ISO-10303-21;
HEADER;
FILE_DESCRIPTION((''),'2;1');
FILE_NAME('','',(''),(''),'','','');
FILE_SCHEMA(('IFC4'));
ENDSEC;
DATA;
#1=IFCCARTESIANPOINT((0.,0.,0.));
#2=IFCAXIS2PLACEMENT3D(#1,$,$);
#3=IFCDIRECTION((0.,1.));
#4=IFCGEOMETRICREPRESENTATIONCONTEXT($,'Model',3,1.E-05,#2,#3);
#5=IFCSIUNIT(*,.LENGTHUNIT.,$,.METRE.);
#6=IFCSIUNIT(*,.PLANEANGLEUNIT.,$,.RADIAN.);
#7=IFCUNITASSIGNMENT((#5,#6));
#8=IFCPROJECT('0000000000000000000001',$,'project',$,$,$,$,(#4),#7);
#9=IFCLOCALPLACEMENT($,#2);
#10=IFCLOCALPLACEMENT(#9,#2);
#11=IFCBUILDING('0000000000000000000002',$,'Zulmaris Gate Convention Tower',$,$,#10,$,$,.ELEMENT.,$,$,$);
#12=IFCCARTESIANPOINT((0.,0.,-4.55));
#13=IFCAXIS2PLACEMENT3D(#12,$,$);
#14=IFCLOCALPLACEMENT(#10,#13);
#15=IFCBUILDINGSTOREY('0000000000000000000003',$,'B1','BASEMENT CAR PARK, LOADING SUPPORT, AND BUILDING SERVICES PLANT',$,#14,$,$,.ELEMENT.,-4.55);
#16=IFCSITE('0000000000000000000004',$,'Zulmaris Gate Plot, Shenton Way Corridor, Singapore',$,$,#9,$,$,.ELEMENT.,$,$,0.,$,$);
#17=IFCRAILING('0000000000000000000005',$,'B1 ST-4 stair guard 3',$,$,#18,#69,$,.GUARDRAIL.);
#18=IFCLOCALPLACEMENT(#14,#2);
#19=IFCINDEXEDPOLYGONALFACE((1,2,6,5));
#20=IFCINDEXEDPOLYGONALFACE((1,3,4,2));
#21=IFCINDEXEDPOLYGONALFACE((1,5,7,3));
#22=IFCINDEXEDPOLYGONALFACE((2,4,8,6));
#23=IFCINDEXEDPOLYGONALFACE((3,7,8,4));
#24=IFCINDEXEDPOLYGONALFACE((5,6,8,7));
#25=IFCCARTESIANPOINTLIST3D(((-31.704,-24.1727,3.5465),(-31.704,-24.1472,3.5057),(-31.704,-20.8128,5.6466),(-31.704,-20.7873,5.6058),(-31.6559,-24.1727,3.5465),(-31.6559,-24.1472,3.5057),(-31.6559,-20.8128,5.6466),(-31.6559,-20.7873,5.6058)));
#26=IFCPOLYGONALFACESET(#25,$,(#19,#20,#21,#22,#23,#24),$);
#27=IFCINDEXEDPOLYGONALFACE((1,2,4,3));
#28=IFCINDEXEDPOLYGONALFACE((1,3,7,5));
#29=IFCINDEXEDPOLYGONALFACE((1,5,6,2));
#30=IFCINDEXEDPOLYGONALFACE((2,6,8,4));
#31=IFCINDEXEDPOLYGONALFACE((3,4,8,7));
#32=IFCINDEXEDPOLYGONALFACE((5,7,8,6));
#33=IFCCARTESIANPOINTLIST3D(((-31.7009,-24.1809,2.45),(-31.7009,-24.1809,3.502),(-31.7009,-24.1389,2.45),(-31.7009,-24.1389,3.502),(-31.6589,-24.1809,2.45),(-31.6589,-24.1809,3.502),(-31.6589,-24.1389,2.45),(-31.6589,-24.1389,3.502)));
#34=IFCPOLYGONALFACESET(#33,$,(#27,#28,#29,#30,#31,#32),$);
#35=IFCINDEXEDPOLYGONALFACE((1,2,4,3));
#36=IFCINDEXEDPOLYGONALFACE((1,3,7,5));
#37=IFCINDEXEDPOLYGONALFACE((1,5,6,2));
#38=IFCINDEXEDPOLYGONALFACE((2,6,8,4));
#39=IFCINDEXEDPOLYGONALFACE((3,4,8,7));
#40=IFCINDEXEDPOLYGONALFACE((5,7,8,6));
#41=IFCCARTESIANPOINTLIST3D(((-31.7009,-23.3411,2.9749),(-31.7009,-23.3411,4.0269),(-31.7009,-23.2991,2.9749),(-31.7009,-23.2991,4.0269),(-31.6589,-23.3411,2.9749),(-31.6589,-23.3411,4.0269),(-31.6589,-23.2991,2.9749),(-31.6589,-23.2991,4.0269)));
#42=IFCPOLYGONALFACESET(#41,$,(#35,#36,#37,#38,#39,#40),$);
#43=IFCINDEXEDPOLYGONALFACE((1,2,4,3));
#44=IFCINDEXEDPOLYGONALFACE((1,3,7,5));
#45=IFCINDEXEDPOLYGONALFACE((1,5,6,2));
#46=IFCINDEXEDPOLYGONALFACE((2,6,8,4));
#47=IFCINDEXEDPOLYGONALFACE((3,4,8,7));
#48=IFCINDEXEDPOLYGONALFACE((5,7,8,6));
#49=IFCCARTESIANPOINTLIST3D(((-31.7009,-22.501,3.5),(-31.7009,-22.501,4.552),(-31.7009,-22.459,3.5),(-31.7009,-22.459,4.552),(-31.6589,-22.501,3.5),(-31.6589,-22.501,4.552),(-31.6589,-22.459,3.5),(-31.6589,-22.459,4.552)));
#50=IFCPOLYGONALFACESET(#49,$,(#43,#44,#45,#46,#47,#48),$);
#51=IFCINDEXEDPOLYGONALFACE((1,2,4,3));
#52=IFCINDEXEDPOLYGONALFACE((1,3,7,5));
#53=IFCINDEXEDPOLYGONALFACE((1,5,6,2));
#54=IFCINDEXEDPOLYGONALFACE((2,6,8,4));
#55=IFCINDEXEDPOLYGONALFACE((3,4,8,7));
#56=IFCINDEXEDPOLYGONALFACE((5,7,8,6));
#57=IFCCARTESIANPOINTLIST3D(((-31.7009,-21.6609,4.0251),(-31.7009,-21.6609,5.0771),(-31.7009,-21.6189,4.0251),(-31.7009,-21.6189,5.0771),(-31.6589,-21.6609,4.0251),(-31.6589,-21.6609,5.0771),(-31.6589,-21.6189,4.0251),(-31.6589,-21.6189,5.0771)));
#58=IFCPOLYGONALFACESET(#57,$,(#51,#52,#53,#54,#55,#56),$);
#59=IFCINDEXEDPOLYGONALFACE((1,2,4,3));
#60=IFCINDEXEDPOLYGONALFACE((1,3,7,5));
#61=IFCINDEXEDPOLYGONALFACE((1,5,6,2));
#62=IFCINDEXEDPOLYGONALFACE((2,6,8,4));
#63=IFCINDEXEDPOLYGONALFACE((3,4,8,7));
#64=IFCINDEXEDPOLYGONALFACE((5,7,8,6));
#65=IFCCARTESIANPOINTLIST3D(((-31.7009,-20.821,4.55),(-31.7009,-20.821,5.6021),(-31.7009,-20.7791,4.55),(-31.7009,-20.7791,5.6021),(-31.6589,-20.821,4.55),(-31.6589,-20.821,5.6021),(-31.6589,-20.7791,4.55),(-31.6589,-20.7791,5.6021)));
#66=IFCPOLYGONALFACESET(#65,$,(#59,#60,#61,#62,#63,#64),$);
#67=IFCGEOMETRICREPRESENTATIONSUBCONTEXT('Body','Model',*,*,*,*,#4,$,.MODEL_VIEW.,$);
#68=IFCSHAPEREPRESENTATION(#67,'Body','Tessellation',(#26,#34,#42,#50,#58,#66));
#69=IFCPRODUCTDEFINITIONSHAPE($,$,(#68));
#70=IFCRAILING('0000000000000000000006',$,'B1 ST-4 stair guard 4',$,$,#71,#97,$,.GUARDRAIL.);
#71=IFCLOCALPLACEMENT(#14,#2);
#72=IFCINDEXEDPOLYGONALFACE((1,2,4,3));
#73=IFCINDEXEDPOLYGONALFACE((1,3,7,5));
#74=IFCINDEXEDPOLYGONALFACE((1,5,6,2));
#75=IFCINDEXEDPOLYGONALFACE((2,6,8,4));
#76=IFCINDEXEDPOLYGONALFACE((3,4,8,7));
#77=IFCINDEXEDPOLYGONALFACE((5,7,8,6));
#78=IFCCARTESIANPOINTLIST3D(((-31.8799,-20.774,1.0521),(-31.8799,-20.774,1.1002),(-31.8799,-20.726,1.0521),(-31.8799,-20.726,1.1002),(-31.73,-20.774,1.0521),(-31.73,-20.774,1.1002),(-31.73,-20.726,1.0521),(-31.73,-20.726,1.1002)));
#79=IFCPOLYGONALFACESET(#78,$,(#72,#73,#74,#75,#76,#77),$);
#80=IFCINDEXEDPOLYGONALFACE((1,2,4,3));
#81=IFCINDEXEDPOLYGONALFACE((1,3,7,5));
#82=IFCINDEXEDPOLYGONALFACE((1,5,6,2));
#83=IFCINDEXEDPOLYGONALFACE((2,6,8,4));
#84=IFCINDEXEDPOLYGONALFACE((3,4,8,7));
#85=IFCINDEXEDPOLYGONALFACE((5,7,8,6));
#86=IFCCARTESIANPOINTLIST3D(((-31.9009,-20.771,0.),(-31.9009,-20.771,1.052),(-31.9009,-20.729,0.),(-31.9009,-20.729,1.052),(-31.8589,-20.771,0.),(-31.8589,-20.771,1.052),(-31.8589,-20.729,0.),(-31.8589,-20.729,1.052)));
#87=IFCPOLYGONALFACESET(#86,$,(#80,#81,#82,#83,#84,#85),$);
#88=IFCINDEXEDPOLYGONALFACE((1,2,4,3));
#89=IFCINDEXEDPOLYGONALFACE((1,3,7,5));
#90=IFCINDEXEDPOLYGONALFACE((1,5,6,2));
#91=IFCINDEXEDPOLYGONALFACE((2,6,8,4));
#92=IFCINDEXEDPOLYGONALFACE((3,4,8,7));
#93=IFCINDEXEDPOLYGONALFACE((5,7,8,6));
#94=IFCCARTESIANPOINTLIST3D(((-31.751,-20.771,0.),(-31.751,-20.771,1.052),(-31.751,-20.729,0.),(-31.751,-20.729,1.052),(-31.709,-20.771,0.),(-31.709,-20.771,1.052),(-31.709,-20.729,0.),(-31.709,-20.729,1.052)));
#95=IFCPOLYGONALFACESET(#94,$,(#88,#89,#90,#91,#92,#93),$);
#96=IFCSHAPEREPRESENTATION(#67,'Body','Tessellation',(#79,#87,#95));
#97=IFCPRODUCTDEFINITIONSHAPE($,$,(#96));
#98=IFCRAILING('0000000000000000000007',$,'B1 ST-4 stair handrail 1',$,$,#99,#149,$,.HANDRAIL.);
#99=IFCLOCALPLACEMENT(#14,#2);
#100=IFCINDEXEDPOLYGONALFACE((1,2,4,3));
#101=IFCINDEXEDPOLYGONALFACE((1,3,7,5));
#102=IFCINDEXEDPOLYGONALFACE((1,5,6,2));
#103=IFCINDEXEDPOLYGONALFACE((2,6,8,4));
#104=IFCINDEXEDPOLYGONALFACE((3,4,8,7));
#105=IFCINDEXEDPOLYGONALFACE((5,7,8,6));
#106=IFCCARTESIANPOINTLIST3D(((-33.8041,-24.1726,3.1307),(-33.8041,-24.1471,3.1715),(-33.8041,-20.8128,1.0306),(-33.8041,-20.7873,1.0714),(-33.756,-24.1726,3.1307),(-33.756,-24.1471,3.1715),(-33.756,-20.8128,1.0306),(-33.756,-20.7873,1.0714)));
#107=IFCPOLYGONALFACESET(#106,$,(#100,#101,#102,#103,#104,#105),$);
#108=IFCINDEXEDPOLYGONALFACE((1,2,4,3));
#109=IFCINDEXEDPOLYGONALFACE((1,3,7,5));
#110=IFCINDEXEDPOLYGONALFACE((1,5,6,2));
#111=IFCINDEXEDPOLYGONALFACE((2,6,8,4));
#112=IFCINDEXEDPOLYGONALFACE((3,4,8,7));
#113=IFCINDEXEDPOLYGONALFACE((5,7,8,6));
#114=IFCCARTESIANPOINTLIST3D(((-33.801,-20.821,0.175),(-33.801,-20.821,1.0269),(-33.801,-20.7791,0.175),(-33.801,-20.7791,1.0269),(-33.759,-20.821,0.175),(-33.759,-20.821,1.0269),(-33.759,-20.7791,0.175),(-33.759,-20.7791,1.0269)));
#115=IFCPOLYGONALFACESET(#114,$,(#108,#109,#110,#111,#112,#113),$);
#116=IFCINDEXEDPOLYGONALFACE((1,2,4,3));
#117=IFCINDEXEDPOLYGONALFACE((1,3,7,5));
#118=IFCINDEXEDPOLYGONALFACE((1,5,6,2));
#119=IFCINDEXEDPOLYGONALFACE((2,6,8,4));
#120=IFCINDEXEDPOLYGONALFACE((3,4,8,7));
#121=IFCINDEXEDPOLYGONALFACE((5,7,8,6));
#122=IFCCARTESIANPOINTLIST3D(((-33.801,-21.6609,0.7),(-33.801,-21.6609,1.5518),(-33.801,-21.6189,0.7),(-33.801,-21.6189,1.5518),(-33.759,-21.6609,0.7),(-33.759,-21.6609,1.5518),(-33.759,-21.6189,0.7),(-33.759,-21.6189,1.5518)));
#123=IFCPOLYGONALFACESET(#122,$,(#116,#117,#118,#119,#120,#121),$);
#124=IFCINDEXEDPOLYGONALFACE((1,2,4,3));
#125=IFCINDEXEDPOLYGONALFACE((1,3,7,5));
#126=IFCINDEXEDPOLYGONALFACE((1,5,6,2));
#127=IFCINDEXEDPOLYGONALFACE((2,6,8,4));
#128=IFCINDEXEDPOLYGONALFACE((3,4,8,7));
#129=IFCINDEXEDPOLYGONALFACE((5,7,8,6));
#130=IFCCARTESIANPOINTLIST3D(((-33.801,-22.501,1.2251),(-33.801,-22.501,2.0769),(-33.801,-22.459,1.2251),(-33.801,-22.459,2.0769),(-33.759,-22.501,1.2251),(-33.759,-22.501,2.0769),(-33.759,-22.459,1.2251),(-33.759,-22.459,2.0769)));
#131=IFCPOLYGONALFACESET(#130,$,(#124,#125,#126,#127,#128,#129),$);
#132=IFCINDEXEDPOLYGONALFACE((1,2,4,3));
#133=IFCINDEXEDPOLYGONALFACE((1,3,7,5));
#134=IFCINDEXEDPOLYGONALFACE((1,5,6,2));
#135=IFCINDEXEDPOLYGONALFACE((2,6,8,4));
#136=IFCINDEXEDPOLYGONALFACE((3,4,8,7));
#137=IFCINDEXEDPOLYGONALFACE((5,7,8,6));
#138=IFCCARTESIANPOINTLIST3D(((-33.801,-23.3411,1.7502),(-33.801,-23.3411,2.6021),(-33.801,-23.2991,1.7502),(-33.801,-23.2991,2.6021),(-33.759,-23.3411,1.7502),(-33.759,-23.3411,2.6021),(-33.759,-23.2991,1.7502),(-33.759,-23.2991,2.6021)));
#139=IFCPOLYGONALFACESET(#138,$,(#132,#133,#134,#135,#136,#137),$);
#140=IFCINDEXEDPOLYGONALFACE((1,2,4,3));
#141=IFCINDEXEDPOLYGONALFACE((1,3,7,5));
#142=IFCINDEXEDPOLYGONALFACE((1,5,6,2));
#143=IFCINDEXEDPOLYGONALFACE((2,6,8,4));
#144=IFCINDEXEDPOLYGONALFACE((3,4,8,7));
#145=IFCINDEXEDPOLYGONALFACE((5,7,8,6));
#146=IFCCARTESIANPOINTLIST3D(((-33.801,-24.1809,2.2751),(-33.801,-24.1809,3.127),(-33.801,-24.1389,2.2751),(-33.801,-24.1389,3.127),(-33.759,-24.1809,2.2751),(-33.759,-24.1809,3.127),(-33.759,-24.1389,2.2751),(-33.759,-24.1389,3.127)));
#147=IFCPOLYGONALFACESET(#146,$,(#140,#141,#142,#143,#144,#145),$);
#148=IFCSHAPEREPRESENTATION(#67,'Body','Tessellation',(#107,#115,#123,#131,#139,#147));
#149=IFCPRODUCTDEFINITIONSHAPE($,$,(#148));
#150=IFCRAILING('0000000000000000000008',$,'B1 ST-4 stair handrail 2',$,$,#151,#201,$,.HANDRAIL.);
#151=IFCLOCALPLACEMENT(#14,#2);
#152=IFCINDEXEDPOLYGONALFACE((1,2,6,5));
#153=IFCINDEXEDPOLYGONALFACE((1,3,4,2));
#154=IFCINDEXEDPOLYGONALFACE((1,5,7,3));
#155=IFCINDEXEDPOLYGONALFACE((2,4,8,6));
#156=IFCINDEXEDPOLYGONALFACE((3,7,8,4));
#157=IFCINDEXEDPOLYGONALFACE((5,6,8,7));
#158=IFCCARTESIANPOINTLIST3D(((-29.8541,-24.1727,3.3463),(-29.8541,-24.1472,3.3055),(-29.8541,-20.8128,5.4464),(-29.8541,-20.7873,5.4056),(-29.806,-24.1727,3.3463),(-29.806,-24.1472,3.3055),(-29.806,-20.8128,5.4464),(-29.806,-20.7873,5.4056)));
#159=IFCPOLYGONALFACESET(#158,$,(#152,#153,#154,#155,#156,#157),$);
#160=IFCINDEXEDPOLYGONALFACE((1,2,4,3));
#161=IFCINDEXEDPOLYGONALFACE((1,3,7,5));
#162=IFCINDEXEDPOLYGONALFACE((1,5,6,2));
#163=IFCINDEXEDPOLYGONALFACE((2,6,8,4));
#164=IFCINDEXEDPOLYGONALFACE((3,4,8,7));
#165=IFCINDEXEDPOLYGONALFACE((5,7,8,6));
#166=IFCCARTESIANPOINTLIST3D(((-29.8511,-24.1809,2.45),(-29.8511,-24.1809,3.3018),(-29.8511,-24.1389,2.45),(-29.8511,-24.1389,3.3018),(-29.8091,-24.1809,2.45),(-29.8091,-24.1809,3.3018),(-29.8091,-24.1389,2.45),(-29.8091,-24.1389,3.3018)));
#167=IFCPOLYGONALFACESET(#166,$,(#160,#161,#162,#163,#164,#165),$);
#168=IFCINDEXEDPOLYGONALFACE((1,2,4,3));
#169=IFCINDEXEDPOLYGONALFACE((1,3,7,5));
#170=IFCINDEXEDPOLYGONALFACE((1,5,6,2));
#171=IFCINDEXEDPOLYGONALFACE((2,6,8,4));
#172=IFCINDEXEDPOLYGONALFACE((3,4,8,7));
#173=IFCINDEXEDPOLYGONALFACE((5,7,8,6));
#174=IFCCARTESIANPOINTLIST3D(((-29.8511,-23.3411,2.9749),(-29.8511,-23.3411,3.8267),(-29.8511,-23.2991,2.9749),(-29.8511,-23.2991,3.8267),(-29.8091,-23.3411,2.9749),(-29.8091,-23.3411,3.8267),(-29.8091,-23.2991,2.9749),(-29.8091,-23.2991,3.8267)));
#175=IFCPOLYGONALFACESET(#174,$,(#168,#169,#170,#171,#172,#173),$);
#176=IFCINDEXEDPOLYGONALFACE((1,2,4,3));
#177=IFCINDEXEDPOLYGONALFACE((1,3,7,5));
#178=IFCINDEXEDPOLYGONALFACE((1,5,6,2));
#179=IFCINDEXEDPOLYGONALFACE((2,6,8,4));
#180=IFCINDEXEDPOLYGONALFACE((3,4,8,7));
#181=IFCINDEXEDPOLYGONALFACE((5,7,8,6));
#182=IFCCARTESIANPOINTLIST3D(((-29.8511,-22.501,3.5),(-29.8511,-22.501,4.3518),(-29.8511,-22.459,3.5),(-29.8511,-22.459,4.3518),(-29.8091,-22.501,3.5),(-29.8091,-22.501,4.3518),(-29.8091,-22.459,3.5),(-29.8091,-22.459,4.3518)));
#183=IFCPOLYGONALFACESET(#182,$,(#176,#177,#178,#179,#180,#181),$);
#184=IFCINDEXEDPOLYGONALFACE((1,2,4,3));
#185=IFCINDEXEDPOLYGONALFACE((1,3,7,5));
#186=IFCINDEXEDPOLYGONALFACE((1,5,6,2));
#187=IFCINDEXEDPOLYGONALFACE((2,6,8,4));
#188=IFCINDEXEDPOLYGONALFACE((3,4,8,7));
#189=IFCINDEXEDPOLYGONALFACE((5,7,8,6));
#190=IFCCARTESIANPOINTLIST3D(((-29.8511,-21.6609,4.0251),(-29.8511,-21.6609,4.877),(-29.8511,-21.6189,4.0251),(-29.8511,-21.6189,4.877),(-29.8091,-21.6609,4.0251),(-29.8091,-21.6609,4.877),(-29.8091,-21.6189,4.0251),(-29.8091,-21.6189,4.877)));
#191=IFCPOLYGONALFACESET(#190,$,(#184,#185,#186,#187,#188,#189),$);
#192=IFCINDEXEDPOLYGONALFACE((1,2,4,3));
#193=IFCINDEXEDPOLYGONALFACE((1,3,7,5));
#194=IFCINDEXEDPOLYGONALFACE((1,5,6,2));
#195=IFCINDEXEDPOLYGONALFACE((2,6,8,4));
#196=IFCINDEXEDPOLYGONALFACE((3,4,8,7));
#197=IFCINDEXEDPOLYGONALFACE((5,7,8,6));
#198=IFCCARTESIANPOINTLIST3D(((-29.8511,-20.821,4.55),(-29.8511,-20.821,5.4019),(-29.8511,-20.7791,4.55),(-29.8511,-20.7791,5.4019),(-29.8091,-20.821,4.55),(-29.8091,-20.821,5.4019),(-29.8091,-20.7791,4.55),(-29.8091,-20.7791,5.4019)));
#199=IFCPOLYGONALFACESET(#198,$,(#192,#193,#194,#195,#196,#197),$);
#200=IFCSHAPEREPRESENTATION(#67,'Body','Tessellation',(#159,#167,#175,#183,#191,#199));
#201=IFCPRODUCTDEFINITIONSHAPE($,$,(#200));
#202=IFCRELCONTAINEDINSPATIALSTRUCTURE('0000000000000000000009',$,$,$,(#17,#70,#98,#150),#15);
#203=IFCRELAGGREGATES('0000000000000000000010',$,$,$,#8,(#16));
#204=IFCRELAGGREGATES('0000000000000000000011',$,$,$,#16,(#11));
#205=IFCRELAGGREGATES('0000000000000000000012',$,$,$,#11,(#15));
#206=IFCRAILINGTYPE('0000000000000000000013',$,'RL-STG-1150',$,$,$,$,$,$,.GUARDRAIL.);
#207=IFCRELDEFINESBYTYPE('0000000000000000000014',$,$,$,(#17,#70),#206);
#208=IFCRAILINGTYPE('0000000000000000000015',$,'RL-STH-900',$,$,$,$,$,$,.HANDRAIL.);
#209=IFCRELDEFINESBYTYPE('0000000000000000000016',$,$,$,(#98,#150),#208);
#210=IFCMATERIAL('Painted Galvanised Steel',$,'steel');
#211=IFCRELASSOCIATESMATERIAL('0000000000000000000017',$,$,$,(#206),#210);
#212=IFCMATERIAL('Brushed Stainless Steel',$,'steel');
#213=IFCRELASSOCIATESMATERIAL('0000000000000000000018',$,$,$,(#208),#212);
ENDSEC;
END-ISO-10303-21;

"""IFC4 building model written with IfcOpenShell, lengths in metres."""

from ifc_helpers import new_model, si_unit, direction, frame, origin, origin_2d, place, context, subcontext, project, spatial, rectangle, extrude, material, type_object, element, save


model = new_model("IFC4")

# Units and contexts
model_context = context("Model", 3, precision=1e-05, world=origin(), true_north=direction((0.0, 1.0)))
body_context = subcontext(model_context, "Body", "Model", "MODEL_VIEW")
ifc_project = project(units=[si_unit("LENGTHUNIT", "METRE"), si_unit("PLANEANGLEUNIT", "RADIAN")], contexts=[model_context])

# Site, building, storey
site_placement = place(None, origin())
site = spatial("IfcSite", under=ifc_project, at=site_placement, Name="Zulmaris Gate Plot, Shenton Way Corridor, Singapore", CompositionType="ELEMENT", RefElevation=0.0)
building_placement = place(site_placement, origin())
building = spatial("IfcBuilding", under=site, at=building_placement, Name="Zulmaris Gate Convention Tower", CompositionType="ELEMENT")
storey_placement = place(building_placement, frame((0.0, 0.0, -4.55)))
storey = spatial("IfcBuildingStorey", under=building, at=storey_placement, Name="B1", Description="BASEMENT CAR PARK, LOADING SUPPORT, AND BUILDING SERVICES PLANT", CompositionType="ELEMENT", Elevation=-4.55)

# Railings
ifc_material_1 = material(Name="Painted Galvanised Steel", Category="steel")
railing_type_1 = type_object("IfcRailingType", Name="RL-STG-1150", PredefinedType="GUARDRAIL", material=ifc_material_1)
railing_1_placement = place(storey_placement, frame((-31.6799, -24.1599, 2.45)))
element("IfcRailing", 1, at=railing_1_placement, inside=storey, type_object=railing_type_1, Name="B1 ST-4 stair guard 3", PredefinedType="GUARDRAIL", context=body_context, shape_type="SweptSolid", body=[
    extrude(rectangle(XDim=0.0481, YDim=0.0481, at=origin_2d()), frame((0.0, 0.0, 1.0762), z_axis=(0.0, 0.847978, 0.530032), x_axis=(-1.0, 0.0, 0.0)), (0.0, 0.0, 1.0), 3.9622),
    extrude(rectangle(XDim=0.042, YDim=0.042, at=origin_2d()), origin(), (0.0, 0.0, 1.0), 1.052),
    extrude(rectangle(XDim=0.042, YDim=0.042, at=origin_2d()), frame((0.0, 0.8398, 0.5249)), (0.0, 0.0, 1.0), 1.052),
    extrude(rectangle(XDim=0.042, YDim=0.042, at=origin_2d()), frame((0.0, 1.6799, 1.05)), (0.0, 0.0, 1.0), 1.052),
    extrude(rectangle(XDim=0.042, YDim=0.042, at=origin_2d()), frame((0.0, 2.52, 1.5752)), (0.0, 0.0, 1.0), 1.052),
    extrude(rectangle(XDim=0.042, YDim=0.042, at=origin_2d()), frame((0.0, 3.3599, 2.1001)), (0.0, 0.0, 1.0), 1.052),
])
railing_2_placement = place(storey_placement, frame((-31.8799, -20.75, 0.0)))
element("IfcRailing", 2, at=railing_2_placement, inside=storey, type_object=railing_type_1, Name="B1 ST-4 stair guard 4", PredefinedType="GUARDRAIL", context=body_context, shape_type="SweptSolid", body=[
    extrude(rectangle(XDim=0.0481, YDim=0.0481, at=origin_2d()), frame((0.0, 0.0, 1.0762), z_axis=(1.0, 0.0, 0.0), x_axis=(0.0, 1.0, 0.0)), (0.0, 0.0, 1.0), 0.1499),
    extrude(rectangle(XDim=0.042, YDim=0.042, at=origin_2d()), origin(), (0.0, 0.0, 1.0), 1.052),
    extrude(rectangle(XDim=0.042, YDim=0.042, at=origin_2d()), frame((0.1499, 0.0, 0.0)), (0.0, 0.0, 1.0), 1.052),
])
ifc_material_2 = material(Name="Brushed Stainless Steel", Category="steel")
railing_type_2 = type_object("IfcRailingType", Name="RL-STH-900", PredefinedType="HANDRAIL", material=ifc_material_2)
railing_3_placement = place(storey_placement, frame((-33.78, -20.8, 0.175)))
element("IfcRailing", 3, at=railing_3_placement, inside=storey, type_object=railing_type_2, Name="B1 ST-4 stair handrail 1", PredefinedType="HANDRAIL", context=body_context, shape_type="SweptSolid", body=[
    extrude(rectangle(XDim=0.0481, YDim=0.0481, at=origin_2d()), frame((0.0, 0.0, 0.876), z_axis=(0.0, -0.847978, 0.530032), x_axis=(1.0, 0.0, 0.0)), (0.0, 0.0, 1.0), 3.9622),
    extrude(rectangle(XDim=0.042, YDim=0.042, at=origin_2d()), origin(), (0.0, 0.0, 1.0), 0.8518),
    extrude(rectangle(XDim=0.042, YDim=0.042, at=origin_2d()), frame((0.0, -0.8398, 0.5249)), (0.0, 0.0, 1.0), 0.8518),
    extrude(rectangle(XDim=0.042, YDim=0.042, at=origin_2d()), frame((0.0, -1.6799, 1.05)), (0.0, 0.0, 1.0), 0.8518),
    extrude(rectangle(XDim=0.042, YDim=0.042, at=origin_2d()), frame((0.0, -2.52, 1.5752)), (0.0, 0.0, 1.0), 0.8518),
    extrude(rectangle(XDim=0.042, YDim=0.042, at=origin_2d()), frame((0.0, -3.3599, 2.1001)), (0.0, 0.0, 1.0), 0.8518),
])
railing_4_placement = place(storey_placement, frame((-29.8301, -24.1599, 2.45)))
element("IfcRailing", 4, at=railing_4_placement, inside=storey, type_object=railing_type_2, Name="B1 ST-4 stair handrail 2", PredefinedType="HANDRAIL", context=body_context, shape_type="SweptSolid", body=[
    extrude(rectangle(XDim=0.0481, YDim=0.0481, at=origin_2d()), frame((0.0, 0.0, 0.876), z_axis=(0.0, 0.847978, 0.530032), x_axis=(-1.0, 0.0, 0.0)), (0.0, 0.0, 1.0), 3.9622),
    extrude(rectangle(XDim=0.042, YDim=0.042, at=origin_2d()), origin(), (0.0, 0.0, 1.0), 0.8518),
    extrude(rectangle(XDim=0.042, YDim=0.042, at=origin_2d()), frame((0.0, 0.8398, 0.5249)), (0.0, 0.0, 1.0), 0.8518),
    extrude(rectangle(XDim=0.042, YDim=0.042, at=origin_2d()), frame((0.0, 1.6799, 1.05)), (0.0, 0.0, 1.0), 0.8518),
    extrude(rectangle(XDim=0.042, YDim=0.042, at=origin_2d()), frame((0.0, 2.52, 1.5752)), (0.0, 0.0, 1.0), 0.8518),
    extrude(rectangle(XDim=0.042, YDim=0.042, at=origin_2d()), frame((0.0, 3.3599, 2.1001)), (0.0, 0.0, 1.0), 0.8518),
])

save(model, "model.ifc")
